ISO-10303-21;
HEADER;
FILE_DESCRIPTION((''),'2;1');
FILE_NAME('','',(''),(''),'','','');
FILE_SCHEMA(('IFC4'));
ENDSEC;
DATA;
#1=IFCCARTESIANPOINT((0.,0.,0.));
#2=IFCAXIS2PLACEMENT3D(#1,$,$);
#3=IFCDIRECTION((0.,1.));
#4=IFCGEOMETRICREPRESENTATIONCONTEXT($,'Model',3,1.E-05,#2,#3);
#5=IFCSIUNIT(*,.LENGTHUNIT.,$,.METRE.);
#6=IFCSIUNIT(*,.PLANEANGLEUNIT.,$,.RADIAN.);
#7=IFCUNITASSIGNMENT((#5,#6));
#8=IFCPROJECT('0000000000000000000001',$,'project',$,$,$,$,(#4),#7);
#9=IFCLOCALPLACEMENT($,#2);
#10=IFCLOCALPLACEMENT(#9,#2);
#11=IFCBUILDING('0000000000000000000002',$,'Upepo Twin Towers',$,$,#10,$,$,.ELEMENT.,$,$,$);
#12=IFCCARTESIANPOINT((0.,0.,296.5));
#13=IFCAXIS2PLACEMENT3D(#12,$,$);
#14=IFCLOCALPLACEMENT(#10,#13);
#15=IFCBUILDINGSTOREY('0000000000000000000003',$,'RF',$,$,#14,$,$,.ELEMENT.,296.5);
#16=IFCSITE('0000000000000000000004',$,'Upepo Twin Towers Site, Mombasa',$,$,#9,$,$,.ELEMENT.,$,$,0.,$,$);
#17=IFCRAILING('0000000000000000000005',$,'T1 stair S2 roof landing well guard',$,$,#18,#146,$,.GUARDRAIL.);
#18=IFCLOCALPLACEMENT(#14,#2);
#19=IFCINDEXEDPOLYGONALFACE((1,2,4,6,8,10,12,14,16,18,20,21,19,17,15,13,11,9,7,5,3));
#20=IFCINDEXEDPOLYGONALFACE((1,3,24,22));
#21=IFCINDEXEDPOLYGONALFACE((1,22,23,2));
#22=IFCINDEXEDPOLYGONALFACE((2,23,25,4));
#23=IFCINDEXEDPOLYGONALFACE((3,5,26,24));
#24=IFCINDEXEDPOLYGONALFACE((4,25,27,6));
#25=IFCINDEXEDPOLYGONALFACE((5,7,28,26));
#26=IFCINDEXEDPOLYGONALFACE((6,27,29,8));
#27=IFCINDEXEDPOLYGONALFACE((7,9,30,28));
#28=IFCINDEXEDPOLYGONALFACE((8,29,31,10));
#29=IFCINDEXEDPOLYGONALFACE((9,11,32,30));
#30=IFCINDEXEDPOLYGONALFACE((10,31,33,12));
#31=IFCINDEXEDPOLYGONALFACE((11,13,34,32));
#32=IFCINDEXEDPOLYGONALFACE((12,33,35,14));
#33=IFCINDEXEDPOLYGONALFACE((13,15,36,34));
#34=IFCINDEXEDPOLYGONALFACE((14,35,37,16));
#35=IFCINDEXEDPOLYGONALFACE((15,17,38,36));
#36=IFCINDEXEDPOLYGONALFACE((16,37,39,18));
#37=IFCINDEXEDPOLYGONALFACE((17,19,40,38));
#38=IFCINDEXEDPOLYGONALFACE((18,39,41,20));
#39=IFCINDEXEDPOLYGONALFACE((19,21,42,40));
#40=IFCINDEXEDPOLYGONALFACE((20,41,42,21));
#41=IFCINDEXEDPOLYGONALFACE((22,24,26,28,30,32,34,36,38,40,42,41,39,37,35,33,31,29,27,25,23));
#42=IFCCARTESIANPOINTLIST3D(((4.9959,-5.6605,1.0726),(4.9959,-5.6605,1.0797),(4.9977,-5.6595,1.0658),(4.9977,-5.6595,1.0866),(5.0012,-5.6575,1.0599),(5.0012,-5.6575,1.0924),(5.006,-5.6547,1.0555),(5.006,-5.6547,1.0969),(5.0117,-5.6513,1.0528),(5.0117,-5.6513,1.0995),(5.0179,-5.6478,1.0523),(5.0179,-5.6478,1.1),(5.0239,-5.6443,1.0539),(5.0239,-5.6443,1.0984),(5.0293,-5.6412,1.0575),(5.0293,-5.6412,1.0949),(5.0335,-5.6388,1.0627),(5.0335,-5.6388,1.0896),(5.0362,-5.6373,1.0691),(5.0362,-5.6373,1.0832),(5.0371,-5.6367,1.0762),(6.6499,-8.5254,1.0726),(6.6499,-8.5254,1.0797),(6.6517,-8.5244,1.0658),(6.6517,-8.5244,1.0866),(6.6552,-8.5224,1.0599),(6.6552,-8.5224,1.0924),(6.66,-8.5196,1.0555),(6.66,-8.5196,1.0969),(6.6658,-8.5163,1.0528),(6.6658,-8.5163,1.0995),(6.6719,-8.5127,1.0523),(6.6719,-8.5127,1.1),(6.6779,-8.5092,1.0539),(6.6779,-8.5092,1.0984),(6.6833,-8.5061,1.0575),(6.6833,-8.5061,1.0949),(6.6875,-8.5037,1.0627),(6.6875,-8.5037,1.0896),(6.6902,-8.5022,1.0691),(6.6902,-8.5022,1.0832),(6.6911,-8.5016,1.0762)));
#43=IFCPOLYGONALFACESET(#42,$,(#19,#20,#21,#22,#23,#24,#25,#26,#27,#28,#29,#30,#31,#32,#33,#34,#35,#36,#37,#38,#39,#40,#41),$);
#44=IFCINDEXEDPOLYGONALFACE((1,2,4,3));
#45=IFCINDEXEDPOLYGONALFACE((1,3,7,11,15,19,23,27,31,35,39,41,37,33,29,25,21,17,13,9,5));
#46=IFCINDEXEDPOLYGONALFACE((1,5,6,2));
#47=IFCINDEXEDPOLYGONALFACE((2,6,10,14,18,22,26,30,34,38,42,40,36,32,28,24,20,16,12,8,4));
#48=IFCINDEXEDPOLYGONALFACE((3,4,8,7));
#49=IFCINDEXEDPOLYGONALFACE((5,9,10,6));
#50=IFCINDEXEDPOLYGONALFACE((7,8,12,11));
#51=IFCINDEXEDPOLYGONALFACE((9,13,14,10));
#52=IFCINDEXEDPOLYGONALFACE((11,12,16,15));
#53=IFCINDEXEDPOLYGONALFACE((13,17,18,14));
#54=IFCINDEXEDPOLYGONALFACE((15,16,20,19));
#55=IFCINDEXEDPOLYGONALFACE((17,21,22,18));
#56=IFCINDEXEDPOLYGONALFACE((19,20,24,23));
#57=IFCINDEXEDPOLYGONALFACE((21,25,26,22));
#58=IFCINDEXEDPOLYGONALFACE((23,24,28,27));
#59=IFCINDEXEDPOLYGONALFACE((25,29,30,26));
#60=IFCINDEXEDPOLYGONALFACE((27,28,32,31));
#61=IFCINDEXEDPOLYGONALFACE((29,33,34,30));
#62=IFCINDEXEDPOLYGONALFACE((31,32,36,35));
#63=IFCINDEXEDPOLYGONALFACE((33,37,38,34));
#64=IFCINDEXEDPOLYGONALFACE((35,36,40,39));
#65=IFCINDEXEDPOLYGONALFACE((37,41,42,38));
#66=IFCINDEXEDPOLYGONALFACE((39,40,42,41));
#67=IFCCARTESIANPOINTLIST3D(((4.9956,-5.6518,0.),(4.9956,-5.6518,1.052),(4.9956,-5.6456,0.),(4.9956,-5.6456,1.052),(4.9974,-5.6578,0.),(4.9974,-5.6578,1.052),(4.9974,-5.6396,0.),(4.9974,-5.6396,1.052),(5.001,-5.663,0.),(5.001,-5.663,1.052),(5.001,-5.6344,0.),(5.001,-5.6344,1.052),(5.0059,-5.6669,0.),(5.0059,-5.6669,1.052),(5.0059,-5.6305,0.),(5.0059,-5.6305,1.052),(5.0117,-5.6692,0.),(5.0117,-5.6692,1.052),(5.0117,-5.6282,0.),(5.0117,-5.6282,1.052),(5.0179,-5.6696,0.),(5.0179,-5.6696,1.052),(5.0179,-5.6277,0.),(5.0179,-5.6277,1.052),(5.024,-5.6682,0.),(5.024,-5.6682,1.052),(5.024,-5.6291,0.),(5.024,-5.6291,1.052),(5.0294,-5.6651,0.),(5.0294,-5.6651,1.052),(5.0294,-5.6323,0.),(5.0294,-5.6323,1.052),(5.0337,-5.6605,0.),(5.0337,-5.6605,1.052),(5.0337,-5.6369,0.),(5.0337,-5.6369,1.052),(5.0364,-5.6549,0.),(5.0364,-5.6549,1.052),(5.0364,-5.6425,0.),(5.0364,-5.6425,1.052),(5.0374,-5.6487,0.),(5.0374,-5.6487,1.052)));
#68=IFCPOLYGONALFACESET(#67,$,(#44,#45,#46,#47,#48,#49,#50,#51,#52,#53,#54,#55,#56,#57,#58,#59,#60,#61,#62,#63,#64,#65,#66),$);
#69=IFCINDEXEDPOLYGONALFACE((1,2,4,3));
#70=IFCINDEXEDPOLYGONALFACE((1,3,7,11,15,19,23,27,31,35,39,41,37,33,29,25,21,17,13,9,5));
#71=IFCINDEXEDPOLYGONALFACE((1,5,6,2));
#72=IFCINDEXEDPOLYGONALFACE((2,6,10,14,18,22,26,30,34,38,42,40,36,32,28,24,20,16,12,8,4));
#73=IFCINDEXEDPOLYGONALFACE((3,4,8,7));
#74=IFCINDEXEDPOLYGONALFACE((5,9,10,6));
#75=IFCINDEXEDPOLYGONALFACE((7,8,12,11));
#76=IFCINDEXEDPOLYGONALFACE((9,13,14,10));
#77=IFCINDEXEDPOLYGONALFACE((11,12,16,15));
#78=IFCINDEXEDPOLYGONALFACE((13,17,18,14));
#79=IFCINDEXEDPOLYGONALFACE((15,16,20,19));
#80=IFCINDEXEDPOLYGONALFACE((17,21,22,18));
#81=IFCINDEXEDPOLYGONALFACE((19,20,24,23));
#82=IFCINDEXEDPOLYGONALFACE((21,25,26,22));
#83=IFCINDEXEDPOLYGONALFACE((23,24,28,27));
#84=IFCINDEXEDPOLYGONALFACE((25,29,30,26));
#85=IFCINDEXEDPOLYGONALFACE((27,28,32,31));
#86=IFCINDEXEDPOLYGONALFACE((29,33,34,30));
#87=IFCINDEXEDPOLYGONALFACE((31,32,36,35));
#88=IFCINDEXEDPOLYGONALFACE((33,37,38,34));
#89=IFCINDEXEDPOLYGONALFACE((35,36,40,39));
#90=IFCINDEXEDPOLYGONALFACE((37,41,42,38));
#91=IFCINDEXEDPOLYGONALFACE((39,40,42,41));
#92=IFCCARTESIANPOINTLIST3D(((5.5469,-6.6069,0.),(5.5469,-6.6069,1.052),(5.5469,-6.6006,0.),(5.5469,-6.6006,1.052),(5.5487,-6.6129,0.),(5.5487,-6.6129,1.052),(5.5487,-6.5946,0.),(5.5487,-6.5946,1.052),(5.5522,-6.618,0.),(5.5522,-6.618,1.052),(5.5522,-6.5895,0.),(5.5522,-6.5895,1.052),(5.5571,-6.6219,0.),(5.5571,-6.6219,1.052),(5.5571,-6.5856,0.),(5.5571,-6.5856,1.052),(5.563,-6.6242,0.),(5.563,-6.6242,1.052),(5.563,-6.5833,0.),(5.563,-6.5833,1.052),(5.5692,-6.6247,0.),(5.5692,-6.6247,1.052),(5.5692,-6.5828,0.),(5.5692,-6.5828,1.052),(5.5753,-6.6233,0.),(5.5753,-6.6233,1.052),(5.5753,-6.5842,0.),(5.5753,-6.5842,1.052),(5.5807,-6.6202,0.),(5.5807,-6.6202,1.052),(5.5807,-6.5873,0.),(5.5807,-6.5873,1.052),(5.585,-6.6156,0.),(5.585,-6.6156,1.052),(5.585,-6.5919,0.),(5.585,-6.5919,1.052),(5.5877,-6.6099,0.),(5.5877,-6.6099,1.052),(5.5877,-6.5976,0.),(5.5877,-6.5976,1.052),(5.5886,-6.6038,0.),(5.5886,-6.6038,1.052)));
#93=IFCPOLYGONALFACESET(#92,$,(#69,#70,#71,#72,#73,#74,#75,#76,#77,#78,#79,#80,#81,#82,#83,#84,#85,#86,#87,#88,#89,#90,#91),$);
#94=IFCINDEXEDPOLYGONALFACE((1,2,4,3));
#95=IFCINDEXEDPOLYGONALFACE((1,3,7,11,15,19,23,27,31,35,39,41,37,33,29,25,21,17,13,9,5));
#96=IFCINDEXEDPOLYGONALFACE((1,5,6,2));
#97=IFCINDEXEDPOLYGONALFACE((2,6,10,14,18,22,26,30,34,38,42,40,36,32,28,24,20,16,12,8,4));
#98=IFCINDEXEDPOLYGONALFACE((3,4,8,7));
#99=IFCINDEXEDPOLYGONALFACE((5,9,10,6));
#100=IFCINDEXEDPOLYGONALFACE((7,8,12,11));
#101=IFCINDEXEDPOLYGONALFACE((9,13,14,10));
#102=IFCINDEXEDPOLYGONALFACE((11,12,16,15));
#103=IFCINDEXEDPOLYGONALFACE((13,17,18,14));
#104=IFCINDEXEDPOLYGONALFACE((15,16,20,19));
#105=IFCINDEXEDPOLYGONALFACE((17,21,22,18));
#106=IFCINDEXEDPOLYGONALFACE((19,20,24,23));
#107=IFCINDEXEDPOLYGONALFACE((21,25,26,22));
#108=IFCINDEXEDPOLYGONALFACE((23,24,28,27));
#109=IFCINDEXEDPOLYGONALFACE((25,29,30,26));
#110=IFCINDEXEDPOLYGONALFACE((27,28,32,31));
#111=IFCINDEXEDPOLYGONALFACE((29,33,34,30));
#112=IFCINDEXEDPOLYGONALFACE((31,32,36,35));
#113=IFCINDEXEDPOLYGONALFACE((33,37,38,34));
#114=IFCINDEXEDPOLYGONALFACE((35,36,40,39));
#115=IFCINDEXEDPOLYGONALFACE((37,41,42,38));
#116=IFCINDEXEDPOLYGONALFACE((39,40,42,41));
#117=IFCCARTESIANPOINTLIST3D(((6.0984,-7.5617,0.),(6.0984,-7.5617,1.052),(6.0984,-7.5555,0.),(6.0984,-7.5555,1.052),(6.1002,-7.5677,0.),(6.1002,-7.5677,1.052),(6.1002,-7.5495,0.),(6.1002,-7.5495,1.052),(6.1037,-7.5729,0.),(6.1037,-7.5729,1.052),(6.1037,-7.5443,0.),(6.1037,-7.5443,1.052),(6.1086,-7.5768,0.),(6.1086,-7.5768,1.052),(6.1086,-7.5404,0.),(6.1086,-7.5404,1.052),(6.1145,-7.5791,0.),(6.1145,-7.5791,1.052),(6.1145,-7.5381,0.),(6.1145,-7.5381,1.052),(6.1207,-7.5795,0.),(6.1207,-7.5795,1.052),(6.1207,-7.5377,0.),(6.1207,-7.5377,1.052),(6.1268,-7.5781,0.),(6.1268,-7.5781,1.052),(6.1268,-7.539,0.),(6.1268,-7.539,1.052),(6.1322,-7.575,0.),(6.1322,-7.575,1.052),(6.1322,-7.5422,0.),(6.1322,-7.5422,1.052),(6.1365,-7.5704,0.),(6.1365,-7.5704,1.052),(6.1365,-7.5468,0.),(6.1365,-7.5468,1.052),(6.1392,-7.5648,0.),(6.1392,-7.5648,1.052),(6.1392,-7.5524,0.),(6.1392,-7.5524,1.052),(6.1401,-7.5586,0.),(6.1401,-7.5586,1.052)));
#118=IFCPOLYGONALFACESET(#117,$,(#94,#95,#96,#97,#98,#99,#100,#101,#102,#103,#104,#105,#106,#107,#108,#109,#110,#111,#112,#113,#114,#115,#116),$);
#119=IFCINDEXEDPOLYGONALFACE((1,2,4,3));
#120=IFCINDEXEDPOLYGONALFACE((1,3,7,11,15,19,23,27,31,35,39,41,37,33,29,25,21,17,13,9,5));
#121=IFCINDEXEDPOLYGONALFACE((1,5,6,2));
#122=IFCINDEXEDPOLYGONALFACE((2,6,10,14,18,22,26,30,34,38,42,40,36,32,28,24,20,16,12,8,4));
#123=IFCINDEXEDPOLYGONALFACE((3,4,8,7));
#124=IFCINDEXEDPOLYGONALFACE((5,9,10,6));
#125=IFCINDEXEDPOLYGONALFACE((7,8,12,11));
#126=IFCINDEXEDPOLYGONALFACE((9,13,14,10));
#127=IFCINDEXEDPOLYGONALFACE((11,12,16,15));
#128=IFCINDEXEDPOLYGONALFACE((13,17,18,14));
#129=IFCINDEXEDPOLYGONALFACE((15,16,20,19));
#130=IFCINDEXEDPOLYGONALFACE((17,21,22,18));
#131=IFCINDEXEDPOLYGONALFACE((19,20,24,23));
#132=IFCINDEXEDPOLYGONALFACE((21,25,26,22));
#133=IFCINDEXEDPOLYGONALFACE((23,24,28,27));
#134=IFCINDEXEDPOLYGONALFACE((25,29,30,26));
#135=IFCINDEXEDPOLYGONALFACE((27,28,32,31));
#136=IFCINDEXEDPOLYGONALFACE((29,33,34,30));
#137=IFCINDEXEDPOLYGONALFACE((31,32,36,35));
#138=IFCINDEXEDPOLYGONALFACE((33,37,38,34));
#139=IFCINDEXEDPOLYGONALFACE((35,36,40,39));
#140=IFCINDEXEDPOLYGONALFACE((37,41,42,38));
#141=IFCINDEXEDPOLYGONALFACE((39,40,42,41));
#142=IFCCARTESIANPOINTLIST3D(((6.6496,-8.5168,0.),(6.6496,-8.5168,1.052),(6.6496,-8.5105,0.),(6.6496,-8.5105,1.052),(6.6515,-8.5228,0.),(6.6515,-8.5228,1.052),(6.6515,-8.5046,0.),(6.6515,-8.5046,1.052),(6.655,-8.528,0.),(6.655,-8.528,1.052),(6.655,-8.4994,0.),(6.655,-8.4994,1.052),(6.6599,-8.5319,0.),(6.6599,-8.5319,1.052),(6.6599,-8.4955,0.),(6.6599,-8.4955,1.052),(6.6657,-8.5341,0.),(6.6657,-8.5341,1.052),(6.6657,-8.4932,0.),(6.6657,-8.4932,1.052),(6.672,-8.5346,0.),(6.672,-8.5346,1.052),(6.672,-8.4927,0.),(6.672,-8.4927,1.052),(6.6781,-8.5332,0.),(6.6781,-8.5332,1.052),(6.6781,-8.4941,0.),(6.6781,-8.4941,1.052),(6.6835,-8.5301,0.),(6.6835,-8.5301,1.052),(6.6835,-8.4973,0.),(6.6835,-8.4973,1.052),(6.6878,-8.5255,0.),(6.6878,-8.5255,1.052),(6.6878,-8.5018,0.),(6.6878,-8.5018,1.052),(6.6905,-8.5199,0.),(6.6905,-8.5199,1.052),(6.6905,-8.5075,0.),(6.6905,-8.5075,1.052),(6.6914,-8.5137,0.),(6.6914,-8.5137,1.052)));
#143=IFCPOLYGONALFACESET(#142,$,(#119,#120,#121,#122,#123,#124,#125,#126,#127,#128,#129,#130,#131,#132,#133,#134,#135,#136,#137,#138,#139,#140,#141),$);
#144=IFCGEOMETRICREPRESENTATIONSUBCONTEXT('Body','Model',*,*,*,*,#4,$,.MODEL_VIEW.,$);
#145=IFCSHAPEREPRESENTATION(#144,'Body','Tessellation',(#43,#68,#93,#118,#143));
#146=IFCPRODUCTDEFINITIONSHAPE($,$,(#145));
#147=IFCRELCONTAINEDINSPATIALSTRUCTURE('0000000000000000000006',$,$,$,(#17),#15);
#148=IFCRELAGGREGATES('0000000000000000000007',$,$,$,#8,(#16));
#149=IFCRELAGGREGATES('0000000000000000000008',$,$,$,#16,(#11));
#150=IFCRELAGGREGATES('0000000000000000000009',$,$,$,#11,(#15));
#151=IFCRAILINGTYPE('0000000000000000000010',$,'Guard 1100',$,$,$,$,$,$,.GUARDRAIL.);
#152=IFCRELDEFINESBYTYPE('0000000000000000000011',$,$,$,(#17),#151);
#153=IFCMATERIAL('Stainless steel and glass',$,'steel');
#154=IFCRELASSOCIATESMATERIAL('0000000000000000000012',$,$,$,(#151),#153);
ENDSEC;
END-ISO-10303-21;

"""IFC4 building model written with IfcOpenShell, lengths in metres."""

from ifc_helpers import new_model, si_unit, direction, frame, origin, origin_2d, place, context, subcontext, project, spatial, circle, extrude, material, type_object, element, save


model = new_model("IFC4")

# Units and contexts
model_context = context("Model", 3, precision=1e-05, world=origin(), true_north=direction((0.0, 1.0)))
body_context = subcontext(model_context, "Body", "Model", "MODEL_VIEW")
ifc_project = project(units=[si_unit("LENGTHUNIT", "METRE"), si_unit("PLANEANGLEUNIT", "RADIAN")], contexts=[model_context])

# Site, building, storey
site_placement = place(None, origin())
site = spatial("IfcSite", under=ifc_project, at=site_placement, Name="Upepo Twin Towers Site, Mombasa", CompositionType="ELEMENT", RefElevation=0.0)
building_placement = place(site_placement, origin())
building = spatial("IfcBuilding", under=site, at=building_placement, Name="Upepo Twin Towers", CompositionType="ELEMENT")
storey_placement = place(building_placement, frame((0.0, 0.0, 296.5)))
storey = spatial("IfcBuildingStorey", under=building, at=storey_placement, Name="RF", CompositionType="ELEMENT", Elevation=296.5)

# Railing
ifc_material_1 = material(Name="Stainless steel and glass", Category="steel")
railing_type = type_object("IfcRailingType", Name="Guard 1100", PredefinedType="GUARDRAIL", material=ifc_material_1)
railing_placement = place(storey_placement, frame((5.0164, -5.6487, 0.0)))
element("IfcRailing", 1, at=railing_placement, inside=storey, type_object=railing_type, Name="T1 stair S2 roof landing well guard", PredefinedType="GUARDRAIL", context=body_context, shape_type="SweptSolid", body=[
    extrude(circle(Radius=0.0239, at=origin_2d()), frame((0.0, 0.0, 1.0762), z_axis=(0.499989, -0.866032, 0.0), x_axis=(0.866032, 0.499989, 0.0)), (0.0, 0.0, 1.0), 3.3081),
    extrude(circle(Radius=0.021, at=origin_2d()), origin(), (0.0, 0.0, 1.0), 1.052),
    extrude(circle(Radius=0.021, at=origin_2d()), frame((0.5513, -0.9551, 0.0)), (0.0, 0.0, 1.0), 1.052),
    extrude(circle(Radius=0.021, at=origin_2d()), frame((1.1028, -1.9099, 0.0)), (0.0, 0.0, 1.0), 1.052),
    extrude(circle(Radius=0.021, at=origin_2d()), frame((1.6541, -2.865, 0.0)), (0.0, 0.0, 1.0), 1.052),
])

save(model, "model.ifc")
